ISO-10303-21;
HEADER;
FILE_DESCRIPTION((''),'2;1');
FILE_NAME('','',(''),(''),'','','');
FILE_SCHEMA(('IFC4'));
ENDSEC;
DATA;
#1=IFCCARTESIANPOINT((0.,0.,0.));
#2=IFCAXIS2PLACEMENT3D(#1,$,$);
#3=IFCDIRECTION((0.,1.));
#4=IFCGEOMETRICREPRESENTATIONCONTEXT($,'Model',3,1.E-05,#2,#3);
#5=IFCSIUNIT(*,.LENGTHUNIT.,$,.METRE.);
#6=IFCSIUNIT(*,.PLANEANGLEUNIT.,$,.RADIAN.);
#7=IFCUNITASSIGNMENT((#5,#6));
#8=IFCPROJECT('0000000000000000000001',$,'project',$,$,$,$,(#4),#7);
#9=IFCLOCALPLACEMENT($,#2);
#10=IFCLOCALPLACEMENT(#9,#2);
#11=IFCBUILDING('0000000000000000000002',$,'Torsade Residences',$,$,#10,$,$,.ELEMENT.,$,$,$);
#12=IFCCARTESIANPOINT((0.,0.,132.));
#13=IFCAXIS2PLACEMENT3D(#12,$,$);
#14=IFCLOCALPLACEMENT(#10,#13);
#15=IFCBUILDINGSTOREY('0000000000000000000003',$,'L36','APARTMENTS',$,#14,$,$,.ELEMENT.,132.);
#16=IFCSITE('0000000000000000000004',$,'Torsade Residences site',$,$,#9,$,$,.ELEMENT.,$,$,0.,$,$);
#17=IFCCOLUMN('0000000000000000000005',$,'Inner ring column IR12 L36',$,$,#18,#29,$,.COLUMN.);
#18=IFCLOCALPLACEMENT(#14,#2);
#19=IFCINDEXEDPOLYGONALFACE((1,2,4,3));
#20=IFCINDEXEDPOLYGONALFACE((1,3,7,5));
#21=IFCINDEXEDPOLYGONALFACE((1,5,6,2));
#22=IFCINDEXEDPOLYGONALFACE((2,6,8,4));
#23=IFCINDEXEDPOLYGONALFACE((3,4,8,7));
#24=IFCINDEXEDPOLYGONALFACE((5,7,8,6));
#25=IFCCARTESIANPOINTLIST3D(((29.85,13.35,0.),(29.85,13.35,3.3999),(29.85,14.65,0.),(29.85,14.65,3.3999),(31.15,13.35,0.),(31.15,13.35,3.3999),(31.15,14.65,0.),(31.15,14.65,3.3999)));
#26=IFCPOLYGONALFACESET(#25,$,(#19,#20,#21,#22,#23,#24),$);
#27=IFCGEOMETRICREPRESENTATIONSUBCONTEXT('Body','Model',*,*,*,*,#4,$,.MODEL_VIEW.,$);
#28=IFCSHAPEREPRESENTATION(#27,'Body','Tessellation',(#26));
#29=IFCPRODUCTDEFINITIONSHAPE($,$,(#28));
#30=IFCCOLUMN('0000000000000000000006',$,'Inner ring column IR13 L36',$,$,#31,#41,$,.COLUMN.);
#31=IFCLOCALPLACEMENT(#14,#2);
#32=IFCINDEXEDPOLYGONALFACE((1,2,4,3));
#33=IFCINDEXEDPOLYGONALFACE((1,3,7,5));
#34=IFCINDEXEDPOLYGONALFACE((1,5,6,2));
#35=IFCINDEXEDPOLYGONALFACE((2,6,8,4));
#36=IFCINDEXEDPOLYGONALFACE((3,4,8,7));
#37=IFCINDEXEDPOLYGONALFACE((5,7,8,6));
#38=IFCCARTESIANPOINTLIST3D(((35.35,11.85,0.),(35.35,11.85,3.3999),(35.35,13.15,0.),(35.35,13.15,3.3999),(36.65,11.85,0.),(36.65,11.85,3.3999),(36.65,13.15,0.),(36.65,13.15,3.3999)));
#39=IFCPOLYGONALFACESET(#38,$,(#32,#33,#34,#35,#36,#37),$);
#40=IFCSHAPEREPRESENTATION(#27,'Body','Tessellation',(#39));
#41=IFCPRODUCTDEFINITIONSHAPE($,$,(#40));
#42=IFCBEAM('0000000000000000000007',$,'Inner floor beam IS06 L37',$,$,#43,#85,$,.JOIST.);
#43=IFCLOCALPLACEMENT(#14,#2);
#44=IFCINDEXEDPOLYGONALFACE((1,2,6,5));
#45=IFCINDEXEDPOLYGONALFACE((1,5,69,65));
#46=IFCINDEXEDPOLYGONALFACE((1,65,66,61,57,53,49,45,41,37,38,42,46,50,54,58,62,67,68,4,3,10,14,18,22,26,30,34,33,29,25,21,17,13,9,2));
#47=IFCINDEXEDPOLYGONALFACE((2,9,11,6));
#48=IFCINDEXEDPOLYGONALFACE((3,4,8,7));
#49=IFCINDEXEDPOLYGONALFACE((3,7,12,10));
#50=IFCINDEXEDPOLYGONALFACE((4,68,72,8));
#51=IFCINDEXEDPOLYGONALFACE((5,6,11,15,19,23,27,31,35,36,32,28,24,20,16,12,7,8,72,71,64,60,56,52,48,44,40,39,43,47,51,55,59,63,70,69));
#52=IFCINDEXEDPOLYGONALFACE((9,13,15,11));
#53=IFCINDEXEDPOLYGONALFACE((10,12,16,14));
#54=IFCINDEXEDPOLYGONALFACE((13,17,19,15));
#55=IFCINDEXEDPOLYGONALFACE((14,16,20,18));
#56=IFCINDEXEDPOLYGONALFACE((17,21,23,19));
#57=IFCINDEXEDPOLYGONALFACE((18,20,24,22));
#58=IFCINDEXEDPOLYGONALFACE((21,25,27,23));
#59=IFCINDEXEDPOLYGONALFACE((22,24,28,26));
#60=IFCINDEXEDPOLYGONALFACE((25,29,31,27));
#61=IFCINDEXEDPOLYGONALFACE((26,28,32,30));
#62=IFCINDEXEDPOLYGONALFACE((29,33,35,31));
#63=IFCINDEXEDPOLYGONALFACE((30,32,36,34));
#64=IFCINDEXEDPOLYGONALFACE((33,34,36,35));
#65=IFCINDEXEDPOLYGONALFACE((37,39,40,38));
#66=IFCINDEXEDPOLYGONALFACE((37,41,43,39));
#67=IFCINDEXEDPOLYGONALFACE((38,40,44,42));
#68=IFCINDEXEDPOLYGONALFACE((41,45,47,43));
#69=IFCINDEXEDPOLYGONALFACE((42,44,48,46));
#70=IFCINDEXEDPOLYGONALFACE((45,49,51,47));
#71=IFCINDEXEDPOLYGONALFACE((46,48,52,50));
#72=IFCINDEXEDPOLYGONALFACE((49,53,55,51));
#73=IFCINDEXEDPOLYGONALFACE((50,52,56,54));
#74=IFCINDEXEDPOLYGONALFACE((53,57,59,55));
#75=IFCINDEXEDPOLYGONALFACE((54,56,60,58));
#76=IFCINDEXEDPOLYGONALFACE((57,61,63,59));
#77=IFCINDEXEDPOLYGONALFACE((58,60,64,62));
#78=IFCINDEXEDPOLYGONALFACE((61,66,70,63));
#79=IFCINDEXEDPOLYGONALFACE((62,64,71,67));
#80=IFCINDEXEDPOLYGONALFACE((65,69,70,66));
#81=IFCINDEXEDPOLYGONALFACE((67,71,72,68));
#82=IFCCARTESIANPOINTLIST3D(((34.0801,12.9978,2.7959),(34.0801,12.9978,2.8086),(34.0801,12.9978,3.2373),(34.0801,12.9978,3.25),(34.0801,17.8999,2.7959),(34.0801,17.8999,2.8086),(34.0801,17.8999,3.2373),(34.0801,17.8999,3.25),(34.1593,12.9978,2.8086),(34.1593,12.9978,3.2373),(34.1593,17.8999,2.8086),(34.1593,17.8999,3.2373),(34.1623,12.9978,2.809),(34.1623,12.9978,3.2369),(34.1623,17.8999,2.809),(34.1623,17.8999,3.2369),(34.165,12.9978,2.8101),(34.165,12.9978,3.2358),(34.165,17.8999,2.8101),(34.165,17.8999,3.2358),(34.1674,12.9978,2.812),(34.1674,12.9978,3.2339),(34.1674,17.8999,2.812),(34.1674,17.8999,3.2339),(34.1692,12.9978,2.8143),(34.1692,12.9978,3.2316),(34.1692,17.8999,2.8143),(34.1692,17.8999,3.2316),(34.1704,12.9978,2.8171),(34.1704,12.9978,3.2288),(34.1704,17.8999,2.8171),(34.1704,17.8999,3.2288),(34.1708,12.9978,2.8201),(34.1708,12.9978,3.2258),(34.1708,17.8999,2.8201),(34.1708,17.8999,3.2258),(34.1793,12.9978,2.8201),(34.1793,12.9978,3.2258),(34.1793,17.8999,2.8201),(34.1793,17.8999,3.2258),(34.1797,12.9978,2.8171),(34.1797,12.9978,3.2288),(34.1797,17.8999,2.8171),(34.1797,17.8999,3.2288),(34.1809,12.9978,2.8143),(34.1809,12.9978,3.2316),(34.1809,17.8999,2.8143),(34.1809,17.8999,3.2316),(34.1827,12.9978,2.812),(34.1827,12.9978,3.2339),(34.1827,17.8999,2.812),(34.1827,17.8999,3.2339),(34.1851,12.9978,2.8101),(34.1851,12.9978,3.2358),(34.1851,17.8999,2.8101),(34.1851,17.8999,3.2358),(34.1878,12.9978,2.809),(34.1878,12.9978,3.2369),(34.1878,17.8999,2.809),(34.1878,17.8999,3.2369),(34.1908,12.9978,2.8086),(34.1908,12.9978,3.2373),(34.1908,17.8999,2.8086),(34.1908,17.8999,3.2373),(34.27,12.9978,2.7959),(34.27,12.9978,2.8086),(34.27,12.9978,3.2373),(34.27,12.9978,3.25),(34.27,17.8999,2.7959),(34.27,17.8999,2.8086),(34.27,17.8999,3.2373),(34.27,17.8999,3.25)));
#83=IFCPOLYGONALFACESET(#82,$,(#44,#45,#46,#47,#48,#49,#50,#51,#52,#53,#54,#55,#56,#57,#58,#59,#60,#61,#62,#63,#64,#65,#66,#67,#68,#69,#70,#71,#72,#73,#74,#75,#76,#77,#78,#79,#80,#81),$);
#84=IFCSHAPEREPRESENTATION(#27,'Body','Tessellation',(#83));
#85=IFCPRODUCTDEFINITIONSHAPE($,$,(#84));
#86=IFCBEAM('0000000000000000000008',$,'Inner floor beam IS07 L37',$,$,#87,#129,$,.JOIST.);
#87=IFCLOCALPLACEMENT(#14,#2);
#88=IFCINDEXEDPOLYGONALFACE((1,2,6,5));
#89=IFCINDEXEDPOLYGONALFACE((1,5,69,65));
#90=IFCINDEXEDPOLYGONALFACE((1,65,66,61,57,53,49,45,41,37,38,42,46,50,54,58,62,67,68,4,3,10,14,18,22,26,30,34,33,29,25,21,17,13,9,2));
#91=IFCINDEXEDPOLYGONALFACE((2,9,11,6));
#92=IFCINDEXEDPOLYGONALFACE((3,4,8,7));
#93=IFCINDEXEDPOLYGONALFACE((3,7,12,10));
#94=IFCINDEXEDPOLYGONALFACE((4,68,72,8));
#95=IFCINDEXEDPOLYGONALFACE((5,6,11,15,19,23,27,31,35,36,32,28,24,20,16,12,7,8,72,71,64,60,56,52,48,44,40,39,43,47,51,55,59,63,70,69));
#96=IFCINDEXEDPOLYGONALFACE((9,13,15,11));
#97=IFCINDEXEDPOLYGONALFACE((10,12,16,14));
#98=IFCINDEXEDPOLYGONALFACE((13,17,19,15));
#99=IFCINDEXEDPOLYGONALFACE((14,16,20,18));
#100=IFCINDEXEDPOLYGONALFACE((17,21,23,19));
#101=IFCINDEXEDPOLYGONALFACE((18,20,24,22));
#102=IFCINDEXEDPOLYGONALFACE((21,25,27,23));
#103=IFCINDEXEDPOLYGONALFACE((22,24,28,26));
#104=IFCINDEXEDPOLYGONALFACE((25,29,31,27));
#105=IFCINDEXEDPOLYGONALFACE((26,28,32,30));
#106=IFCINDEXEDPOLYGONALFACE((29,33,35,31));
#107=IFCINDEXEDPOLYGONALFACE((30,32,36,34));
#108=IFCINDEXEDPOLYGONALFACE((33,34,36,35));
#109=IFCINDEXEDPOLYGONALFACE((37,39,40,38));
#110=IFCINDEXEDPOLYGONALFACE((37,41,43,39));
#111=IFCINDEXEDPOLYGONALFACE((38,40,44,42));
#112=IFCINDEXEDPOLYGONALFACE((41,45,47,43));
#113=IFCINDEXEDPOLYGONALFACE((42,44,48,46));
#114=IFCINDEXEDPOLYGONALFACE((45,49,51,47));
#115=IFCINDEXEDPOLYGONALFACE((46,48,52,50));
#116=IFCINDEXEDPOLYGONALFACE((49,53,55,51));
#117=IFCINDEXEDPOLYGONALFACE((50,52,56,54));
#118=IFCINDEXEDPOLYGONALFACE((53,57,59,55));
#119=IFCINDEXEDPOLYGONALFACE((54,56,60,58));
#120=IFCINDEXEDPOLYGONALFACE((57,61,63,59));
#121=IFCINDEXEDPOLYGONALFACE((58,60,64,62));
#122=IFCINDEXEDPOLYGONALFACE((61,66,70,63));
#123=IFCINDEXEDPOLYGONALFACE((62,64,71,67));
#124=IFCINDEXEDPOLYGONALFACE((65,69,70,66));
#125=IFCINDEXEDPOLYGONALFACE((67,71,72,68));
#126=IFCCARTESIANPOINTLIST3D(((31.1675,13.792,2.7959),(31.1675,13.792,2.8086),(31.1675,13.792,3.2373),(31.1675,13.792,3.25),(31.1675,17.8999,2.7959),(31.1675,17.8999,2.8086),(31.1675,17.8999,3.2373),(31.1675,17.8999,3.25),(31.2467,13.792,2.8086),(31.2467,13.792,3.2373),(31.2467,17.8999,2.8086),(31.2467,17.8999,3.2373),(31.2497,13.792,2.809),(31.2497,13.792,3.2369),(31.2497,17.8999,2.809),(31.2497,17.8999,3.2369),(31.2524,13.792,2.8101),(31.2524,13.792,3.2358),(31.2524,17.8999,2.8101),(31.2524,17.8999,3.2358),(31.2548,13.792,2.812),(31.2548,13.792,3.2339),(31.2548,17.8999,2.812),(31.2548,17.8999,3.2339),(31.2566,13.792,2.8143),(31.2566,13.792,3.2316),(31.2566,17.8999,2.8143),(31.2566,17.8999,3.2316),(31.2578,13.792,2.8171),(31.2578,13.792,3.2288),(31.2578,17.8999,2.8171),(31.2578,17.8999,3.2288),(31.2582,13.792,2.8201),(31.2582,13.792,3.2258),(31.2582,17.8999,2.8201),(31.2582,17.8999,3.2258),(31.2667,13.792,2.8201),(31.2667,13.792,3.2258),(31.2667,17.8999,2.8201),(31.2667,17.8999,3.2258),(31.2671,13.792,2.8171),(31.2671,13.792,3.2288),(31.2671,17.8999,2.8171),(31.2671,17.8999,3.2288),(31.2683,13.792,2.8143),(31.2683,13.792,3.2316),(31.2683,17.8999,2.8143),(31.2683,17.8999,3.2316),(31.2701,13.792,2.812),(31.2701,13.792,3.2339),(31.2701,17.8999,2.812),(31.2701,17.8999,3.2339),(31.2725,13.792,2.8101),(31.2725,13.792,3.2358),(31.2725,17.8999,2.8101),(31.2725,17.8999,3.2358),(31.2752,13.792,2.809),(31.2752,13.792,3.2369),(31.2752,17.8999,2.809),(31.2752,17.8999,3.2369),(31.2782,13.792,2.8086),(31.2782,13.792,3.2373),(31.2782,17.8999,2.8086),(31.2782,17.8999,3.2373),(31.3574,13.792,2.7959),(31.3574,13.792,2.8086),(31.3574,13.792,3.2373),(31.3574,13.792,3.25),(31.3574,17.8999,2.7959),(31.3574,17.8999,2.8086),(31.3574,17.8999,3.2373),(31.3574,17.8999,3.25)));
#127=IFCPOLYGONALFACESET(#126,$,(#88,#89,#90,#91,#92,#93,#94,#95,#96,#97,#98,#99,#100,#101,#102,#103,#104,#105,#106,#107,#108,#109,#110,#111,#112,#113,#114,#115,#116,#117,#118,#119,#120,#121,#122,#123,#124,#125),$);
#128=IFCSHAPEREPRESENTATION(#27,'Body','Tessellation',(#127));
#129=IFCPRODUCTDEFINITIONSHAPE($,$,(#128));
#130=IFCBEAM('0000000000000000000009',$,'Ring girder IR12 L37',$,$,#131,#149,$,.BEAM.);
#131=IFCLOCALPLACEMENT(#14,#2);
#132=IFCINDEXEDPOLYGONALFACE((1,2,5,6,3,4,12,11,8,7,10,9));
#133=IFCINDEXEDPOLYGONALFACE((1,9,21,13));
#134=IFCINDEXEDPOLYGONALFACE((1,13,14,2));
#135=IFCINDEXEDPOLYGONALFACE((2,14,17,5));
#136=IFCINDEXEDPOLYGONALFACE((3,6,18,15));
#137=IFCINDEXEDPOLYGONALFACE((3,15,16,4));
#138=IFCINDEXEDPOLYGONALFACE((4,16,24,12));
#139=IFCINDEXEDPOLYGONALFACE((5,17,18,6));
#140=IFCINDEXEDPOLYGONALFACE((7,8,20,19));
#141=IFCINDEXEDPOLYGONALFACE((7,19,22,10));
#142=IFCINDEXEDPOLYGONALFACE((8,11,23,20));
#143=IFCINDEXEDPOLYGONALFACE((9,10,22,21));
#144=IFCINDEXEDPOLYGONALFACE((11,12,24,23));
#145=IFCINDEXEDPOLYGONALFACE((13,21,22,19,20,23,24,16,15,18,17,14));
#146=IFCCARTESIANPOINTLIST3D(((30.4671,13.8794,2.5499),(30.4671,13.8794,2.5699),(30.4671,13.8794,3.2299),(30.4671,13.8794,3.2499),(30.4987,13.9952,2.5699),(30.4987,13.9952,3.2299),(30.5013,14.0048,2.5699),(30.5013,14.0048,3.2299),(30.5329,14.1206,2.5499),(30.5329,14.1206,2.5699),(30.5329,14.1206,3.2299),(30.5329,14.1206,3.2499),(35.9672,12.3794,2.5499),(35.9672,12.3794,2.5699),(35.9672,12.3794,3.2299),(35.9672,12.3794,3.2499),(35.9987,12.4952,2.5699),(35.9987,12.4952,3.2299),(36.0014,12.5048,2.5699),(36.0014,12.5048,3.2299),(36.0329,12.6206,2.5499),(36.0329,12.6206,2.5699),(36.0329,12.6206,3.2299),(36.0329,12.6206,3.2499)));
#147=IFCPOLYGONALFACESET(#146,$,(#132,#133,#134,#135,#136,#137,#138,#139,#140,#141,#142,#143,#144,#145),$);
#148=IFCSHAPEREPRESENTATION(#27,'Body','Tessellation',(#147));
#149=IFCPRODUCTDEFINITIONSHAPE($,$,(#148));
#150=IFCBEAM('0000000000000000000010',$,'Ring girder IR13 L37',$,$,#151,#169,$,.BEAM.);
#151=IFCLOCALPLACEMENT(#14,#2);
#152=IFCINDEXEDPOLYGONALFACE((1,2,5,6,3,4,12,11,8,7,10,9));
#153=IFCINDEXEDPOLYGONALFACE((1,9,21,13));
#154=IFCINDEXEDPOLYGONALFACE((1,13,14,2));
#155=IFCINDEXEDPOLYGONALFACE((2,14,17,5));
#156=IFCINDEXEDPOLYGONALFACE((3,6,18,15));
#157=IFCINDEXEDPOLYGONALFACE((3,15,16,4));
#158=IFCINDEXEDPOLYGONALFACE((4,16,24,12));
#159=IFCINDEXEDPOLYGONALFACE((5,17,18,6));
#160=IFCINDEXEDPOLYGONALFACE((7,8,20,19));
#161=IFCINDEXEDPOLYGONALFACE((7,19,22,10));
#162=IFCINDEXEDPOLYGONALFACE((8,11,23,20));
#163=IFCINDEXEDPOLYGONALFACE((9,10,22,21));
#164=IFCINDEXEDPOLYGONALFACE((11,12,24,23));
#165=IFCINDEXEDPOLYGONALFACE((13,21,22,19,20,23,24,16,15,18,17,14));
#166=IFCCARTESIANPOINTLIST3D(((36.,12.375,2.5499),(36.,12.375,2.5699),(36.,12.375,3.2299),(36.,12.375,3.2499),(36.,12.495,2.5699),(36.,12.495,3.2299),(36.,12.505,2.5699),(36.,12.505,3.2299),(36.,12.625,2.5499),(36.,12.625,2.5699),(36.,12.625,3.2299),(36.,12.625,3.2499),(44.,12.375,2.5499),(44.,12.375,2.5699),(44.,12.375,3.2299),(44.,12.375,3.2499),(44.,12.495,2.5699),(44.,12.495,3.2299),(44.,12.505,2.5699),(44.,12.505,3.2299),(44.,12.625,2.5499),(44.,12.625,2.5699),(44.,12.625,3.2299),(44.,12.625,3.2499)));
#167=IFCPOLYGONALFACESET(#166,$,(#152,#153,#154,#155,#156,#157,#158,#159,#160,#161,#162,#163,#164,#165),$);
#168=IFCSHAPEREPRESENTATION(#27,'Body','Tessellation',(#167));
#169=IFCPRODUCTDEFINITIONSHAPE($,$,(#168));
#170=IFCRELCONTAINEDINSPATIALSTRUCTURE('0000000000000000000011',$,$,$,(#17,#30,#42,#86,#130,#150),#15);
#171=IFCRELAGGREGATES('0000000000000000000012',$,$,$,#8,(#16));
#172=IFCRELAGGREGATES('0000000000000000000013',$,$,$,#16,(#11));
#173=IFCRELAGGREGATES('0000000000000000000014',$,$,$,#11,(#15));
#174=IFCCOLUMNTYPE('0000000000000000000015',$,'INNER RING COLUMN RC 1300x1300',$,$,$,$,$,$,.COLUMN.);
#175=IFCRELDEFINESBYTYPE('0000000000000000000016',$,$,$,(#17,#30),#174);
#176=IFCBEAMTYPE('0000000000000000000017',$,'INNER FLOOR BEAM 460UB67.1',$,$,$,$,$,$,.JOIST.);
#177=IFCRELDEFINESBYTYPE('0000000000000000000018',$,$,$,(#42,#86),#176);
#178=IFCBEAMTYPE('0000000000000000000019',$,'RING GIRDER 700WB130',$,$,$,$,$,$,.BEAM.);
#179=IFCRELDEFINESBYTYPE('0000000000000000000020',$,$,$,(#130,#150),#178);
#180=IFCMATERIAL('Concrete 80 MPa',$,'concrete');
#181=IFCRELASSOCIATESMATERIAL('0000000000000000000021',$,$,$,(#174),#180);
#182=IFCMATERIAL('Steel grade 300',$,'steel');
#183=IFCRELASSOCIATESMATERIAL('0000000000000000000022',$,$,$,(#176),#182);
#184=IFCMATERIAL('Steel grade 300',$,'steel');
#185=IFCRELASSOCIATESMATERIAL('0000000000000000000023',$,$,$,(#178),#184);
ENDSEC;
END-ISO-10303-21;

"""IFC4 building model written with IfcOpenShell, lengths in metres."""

from ifc_helpers import new_model, si_unit, direction, frame, origin, origin_2d, place, context, subcontext, project, spatial, rectangle, i_section, extrude, material, material_profile, profile_set, type_object, element, save


model = new_model("IFC4")

# Units and contexts
model_context = context("Model", 3, precision=1e-05, world=origin(), true_north=direction((0.0, 1.0)))
body_context = subcontext(model_context, "Body", "Model", "MODEL_VIEW")
ifc_project = project(units=[si_unit("LENGTHUNIT", "METRE"), si_unit("PLANEANGLEUNIT", "RADIAN")], contexts=[model_context])

# Site, building, storey
site_placement = place(None, origin())
site = spatial("IfcSite", under=ifc_project, at=site_placement, Name="Torsade Residences site", CompositionType="ELEMENT", RefElevation=0.0)
building_placement = place(site_placement, origin())
building = spatial("IfcBuilding", under=site, at=building_placement, Name="Torsade Residences", CompositionType="ELEMENT")
storey_placement = place(building_placement, frame((0.0, 0.0, 132.0)))
storey = spatial("IfcBuildingStorey", under=building, at=storey_placement, Name="L36", Description="APARTMENTS", CompositionType="ELEMENT", Elevation=132.0)

# Columns
ifc_material_1 = material(Name="Concrete 80 MPa", Category="concrete")
ifc_material_profile_1 = material_profile(ifc_material_1, rectangle(XDim=1.3, YDim=1.3, at=origin_2d()), Name="RC 1300x1300")
ifc_profile_set_1 = profile_set([ifc_material_profile_1], Name="Concrete 80 MPa")
column_type = type_object("IfcColumnType", Name="INNER RING COLUMN RC 1300x1300", PredefinedType="COLUMN", material=ifc_profile_set_1)
for number, where, z_axis, x_axis, name in (
    (1, (30.5, 14.0, 0.0), (0.0, 0.0, 1.0), (1.0, 0.0, 0.0), "Inner ring column IR12 L36"),
    (2, (36.0, 12.5, 0.0), (0.0, 0.0, 1.0), (1.0, 0.0, 0.0), "Inner ring column IR13 L36"),
):
    element("IfcColumn", number, at=place(storey_placement, frame(where, z_axis=z_axis, x_axis=x_axis)), inside=storey, type_object=column_type, Name=name, PredefinedType="COLUMN", context=body_context, shape_type="SweptSolid", body=[
        extrude(rectangle(XDim=1.3, YDim=1.3, at=origin_2d()), origin(), (0.0, 0.0, 1.0), 3.3999),
    ])

# Beams
ifc_material_2 = material(Name="Steel grade 300", Category="steel")
ifc_material_profile_2 = material_profile(ifc_material_2, i_section(OverallWidth=0.1899, OverallDepth=0.4541, WebThickness=0.0085, FlangeThickness=0.0127, FilletRadius=0.0115, at=origin_2d()), Name="460UB67.1")
ifc_profile_set_2 = profile_set([ifc_material_profile_2], Name="Steel grade 300")
beam_type_1 = type_object("IfcBeamType", Name="INNER FLOOR BEAM 460UB67.1", PredefinedType="JOIST", material=ifc_profile_set_2)
beam_1_placement = place(storey_placement, frame((34.175, 17.8999, 3.0229), z_axis=(0.0, -1.0, 0.0), x_axis=(1.0, 0.0, 0.0)))
element("IfcBeam", 3, at=beam_1_placement, inside=storey, type_object=beam_type_1, Name="Inner floor beam IS06 L37", PredefinedType="JOIST", context=body_context, shape_type="SweptSolid", body=[
    extrude(i_section(OverallWidth=0.1899, OverallDepth=0.4541, WebThickness=0.0085, FlangeThickness=0.0127, FilletRadius=0.0115, at=origin_2d()), origin(), (0.0, 0.0, 1.0), 4.9021),
])
beam_2_placement = place(storey_placement, frame((31.2625, 17.8999, 3.0229), z_axis=(0.0, -1.0, 0.0), x_axis=(1.0, 0.0, 0.0)))
element("IfcBeam", 4, at=beam_2_placement, inside=storey, type_object=beam_type_1, Name="Inner floor beam IS07 L37", PredefinedType="JOIST", context=body_context, shape_type="SweptSolid", body=[
    extrude(i_section(OverallWidth=0.1899, OverallDepth=0.4541, WebThickness=0.0085, FlangeThickness=0.0127, FilletRadius=0.0115, at=origin_2d()), origin(), (0.0, 0.0, 1.0), 4.1079),
])
ifc_material_3 = material(Name="Steel grade 300", Category="steel")
ifc_material_profile_3 = material_profile(ifc_material_3, i_section(OverallWidth=0.25, OverallDepth=0.7, WebThickness=0.01, FlangeThickness=0.02, at=origin_2d()), Name="700WB130")
ifc_profile_set_3 = profile_set([ifc_material_profile_3], Name="Steel grade 300")
beam_type_2 = type_object("IfcBeamType", Name="RING GIRDER 700WB130", PredefinedType="BEAM", material=ifc_profile_set_3)
beam_3_placement = place(storey_placement, frame((30.5, 14.0, 2.8999), z_axis=(0.964764, -0.263117, 0.0), x_axis=(0.263117, 0.964764, 0.0)))
element("IfcBeam", 5, at=beam_3_placement, inside=storey, type_object=beam_type_2, Name="Ring girder IR12 L37", PredefinedType="BEAM", context=body_context, shape_type="SweptSolid", body=[
    extrude(i_section(OverallWidth=0.25, OverallDepth=0.7, WebThickness=0.01, FlangeThickness=0.02, at=origin_2d()), origin(), (0.0, 0.0, 1.0), 5.7009),
])
beam_4_placement = place(storey_placement, frame((36.0, 12.5, 2.8999), z_axis=(1.0, 0.0, 0.0), x_axis=(0.0, 1.0, 0.0)))
element("IfcBeam", 6, at=beam_4_placement, inside=storey, type_object=beam_type_2, Name="Ring girder IR13 L37", PredefinedType="BEAM", context=body_context, shape_type="SweptSolid", body=[
    extrude(i_section(OverallWidth=0.25, OverallDepth=0.7, WebThickness=0.01, FlangeThickness=0.02, at=origin_2d()), origin(), (0.0, 0.0, 1.0), 8.0),
])

save(model, "model.ifc")
